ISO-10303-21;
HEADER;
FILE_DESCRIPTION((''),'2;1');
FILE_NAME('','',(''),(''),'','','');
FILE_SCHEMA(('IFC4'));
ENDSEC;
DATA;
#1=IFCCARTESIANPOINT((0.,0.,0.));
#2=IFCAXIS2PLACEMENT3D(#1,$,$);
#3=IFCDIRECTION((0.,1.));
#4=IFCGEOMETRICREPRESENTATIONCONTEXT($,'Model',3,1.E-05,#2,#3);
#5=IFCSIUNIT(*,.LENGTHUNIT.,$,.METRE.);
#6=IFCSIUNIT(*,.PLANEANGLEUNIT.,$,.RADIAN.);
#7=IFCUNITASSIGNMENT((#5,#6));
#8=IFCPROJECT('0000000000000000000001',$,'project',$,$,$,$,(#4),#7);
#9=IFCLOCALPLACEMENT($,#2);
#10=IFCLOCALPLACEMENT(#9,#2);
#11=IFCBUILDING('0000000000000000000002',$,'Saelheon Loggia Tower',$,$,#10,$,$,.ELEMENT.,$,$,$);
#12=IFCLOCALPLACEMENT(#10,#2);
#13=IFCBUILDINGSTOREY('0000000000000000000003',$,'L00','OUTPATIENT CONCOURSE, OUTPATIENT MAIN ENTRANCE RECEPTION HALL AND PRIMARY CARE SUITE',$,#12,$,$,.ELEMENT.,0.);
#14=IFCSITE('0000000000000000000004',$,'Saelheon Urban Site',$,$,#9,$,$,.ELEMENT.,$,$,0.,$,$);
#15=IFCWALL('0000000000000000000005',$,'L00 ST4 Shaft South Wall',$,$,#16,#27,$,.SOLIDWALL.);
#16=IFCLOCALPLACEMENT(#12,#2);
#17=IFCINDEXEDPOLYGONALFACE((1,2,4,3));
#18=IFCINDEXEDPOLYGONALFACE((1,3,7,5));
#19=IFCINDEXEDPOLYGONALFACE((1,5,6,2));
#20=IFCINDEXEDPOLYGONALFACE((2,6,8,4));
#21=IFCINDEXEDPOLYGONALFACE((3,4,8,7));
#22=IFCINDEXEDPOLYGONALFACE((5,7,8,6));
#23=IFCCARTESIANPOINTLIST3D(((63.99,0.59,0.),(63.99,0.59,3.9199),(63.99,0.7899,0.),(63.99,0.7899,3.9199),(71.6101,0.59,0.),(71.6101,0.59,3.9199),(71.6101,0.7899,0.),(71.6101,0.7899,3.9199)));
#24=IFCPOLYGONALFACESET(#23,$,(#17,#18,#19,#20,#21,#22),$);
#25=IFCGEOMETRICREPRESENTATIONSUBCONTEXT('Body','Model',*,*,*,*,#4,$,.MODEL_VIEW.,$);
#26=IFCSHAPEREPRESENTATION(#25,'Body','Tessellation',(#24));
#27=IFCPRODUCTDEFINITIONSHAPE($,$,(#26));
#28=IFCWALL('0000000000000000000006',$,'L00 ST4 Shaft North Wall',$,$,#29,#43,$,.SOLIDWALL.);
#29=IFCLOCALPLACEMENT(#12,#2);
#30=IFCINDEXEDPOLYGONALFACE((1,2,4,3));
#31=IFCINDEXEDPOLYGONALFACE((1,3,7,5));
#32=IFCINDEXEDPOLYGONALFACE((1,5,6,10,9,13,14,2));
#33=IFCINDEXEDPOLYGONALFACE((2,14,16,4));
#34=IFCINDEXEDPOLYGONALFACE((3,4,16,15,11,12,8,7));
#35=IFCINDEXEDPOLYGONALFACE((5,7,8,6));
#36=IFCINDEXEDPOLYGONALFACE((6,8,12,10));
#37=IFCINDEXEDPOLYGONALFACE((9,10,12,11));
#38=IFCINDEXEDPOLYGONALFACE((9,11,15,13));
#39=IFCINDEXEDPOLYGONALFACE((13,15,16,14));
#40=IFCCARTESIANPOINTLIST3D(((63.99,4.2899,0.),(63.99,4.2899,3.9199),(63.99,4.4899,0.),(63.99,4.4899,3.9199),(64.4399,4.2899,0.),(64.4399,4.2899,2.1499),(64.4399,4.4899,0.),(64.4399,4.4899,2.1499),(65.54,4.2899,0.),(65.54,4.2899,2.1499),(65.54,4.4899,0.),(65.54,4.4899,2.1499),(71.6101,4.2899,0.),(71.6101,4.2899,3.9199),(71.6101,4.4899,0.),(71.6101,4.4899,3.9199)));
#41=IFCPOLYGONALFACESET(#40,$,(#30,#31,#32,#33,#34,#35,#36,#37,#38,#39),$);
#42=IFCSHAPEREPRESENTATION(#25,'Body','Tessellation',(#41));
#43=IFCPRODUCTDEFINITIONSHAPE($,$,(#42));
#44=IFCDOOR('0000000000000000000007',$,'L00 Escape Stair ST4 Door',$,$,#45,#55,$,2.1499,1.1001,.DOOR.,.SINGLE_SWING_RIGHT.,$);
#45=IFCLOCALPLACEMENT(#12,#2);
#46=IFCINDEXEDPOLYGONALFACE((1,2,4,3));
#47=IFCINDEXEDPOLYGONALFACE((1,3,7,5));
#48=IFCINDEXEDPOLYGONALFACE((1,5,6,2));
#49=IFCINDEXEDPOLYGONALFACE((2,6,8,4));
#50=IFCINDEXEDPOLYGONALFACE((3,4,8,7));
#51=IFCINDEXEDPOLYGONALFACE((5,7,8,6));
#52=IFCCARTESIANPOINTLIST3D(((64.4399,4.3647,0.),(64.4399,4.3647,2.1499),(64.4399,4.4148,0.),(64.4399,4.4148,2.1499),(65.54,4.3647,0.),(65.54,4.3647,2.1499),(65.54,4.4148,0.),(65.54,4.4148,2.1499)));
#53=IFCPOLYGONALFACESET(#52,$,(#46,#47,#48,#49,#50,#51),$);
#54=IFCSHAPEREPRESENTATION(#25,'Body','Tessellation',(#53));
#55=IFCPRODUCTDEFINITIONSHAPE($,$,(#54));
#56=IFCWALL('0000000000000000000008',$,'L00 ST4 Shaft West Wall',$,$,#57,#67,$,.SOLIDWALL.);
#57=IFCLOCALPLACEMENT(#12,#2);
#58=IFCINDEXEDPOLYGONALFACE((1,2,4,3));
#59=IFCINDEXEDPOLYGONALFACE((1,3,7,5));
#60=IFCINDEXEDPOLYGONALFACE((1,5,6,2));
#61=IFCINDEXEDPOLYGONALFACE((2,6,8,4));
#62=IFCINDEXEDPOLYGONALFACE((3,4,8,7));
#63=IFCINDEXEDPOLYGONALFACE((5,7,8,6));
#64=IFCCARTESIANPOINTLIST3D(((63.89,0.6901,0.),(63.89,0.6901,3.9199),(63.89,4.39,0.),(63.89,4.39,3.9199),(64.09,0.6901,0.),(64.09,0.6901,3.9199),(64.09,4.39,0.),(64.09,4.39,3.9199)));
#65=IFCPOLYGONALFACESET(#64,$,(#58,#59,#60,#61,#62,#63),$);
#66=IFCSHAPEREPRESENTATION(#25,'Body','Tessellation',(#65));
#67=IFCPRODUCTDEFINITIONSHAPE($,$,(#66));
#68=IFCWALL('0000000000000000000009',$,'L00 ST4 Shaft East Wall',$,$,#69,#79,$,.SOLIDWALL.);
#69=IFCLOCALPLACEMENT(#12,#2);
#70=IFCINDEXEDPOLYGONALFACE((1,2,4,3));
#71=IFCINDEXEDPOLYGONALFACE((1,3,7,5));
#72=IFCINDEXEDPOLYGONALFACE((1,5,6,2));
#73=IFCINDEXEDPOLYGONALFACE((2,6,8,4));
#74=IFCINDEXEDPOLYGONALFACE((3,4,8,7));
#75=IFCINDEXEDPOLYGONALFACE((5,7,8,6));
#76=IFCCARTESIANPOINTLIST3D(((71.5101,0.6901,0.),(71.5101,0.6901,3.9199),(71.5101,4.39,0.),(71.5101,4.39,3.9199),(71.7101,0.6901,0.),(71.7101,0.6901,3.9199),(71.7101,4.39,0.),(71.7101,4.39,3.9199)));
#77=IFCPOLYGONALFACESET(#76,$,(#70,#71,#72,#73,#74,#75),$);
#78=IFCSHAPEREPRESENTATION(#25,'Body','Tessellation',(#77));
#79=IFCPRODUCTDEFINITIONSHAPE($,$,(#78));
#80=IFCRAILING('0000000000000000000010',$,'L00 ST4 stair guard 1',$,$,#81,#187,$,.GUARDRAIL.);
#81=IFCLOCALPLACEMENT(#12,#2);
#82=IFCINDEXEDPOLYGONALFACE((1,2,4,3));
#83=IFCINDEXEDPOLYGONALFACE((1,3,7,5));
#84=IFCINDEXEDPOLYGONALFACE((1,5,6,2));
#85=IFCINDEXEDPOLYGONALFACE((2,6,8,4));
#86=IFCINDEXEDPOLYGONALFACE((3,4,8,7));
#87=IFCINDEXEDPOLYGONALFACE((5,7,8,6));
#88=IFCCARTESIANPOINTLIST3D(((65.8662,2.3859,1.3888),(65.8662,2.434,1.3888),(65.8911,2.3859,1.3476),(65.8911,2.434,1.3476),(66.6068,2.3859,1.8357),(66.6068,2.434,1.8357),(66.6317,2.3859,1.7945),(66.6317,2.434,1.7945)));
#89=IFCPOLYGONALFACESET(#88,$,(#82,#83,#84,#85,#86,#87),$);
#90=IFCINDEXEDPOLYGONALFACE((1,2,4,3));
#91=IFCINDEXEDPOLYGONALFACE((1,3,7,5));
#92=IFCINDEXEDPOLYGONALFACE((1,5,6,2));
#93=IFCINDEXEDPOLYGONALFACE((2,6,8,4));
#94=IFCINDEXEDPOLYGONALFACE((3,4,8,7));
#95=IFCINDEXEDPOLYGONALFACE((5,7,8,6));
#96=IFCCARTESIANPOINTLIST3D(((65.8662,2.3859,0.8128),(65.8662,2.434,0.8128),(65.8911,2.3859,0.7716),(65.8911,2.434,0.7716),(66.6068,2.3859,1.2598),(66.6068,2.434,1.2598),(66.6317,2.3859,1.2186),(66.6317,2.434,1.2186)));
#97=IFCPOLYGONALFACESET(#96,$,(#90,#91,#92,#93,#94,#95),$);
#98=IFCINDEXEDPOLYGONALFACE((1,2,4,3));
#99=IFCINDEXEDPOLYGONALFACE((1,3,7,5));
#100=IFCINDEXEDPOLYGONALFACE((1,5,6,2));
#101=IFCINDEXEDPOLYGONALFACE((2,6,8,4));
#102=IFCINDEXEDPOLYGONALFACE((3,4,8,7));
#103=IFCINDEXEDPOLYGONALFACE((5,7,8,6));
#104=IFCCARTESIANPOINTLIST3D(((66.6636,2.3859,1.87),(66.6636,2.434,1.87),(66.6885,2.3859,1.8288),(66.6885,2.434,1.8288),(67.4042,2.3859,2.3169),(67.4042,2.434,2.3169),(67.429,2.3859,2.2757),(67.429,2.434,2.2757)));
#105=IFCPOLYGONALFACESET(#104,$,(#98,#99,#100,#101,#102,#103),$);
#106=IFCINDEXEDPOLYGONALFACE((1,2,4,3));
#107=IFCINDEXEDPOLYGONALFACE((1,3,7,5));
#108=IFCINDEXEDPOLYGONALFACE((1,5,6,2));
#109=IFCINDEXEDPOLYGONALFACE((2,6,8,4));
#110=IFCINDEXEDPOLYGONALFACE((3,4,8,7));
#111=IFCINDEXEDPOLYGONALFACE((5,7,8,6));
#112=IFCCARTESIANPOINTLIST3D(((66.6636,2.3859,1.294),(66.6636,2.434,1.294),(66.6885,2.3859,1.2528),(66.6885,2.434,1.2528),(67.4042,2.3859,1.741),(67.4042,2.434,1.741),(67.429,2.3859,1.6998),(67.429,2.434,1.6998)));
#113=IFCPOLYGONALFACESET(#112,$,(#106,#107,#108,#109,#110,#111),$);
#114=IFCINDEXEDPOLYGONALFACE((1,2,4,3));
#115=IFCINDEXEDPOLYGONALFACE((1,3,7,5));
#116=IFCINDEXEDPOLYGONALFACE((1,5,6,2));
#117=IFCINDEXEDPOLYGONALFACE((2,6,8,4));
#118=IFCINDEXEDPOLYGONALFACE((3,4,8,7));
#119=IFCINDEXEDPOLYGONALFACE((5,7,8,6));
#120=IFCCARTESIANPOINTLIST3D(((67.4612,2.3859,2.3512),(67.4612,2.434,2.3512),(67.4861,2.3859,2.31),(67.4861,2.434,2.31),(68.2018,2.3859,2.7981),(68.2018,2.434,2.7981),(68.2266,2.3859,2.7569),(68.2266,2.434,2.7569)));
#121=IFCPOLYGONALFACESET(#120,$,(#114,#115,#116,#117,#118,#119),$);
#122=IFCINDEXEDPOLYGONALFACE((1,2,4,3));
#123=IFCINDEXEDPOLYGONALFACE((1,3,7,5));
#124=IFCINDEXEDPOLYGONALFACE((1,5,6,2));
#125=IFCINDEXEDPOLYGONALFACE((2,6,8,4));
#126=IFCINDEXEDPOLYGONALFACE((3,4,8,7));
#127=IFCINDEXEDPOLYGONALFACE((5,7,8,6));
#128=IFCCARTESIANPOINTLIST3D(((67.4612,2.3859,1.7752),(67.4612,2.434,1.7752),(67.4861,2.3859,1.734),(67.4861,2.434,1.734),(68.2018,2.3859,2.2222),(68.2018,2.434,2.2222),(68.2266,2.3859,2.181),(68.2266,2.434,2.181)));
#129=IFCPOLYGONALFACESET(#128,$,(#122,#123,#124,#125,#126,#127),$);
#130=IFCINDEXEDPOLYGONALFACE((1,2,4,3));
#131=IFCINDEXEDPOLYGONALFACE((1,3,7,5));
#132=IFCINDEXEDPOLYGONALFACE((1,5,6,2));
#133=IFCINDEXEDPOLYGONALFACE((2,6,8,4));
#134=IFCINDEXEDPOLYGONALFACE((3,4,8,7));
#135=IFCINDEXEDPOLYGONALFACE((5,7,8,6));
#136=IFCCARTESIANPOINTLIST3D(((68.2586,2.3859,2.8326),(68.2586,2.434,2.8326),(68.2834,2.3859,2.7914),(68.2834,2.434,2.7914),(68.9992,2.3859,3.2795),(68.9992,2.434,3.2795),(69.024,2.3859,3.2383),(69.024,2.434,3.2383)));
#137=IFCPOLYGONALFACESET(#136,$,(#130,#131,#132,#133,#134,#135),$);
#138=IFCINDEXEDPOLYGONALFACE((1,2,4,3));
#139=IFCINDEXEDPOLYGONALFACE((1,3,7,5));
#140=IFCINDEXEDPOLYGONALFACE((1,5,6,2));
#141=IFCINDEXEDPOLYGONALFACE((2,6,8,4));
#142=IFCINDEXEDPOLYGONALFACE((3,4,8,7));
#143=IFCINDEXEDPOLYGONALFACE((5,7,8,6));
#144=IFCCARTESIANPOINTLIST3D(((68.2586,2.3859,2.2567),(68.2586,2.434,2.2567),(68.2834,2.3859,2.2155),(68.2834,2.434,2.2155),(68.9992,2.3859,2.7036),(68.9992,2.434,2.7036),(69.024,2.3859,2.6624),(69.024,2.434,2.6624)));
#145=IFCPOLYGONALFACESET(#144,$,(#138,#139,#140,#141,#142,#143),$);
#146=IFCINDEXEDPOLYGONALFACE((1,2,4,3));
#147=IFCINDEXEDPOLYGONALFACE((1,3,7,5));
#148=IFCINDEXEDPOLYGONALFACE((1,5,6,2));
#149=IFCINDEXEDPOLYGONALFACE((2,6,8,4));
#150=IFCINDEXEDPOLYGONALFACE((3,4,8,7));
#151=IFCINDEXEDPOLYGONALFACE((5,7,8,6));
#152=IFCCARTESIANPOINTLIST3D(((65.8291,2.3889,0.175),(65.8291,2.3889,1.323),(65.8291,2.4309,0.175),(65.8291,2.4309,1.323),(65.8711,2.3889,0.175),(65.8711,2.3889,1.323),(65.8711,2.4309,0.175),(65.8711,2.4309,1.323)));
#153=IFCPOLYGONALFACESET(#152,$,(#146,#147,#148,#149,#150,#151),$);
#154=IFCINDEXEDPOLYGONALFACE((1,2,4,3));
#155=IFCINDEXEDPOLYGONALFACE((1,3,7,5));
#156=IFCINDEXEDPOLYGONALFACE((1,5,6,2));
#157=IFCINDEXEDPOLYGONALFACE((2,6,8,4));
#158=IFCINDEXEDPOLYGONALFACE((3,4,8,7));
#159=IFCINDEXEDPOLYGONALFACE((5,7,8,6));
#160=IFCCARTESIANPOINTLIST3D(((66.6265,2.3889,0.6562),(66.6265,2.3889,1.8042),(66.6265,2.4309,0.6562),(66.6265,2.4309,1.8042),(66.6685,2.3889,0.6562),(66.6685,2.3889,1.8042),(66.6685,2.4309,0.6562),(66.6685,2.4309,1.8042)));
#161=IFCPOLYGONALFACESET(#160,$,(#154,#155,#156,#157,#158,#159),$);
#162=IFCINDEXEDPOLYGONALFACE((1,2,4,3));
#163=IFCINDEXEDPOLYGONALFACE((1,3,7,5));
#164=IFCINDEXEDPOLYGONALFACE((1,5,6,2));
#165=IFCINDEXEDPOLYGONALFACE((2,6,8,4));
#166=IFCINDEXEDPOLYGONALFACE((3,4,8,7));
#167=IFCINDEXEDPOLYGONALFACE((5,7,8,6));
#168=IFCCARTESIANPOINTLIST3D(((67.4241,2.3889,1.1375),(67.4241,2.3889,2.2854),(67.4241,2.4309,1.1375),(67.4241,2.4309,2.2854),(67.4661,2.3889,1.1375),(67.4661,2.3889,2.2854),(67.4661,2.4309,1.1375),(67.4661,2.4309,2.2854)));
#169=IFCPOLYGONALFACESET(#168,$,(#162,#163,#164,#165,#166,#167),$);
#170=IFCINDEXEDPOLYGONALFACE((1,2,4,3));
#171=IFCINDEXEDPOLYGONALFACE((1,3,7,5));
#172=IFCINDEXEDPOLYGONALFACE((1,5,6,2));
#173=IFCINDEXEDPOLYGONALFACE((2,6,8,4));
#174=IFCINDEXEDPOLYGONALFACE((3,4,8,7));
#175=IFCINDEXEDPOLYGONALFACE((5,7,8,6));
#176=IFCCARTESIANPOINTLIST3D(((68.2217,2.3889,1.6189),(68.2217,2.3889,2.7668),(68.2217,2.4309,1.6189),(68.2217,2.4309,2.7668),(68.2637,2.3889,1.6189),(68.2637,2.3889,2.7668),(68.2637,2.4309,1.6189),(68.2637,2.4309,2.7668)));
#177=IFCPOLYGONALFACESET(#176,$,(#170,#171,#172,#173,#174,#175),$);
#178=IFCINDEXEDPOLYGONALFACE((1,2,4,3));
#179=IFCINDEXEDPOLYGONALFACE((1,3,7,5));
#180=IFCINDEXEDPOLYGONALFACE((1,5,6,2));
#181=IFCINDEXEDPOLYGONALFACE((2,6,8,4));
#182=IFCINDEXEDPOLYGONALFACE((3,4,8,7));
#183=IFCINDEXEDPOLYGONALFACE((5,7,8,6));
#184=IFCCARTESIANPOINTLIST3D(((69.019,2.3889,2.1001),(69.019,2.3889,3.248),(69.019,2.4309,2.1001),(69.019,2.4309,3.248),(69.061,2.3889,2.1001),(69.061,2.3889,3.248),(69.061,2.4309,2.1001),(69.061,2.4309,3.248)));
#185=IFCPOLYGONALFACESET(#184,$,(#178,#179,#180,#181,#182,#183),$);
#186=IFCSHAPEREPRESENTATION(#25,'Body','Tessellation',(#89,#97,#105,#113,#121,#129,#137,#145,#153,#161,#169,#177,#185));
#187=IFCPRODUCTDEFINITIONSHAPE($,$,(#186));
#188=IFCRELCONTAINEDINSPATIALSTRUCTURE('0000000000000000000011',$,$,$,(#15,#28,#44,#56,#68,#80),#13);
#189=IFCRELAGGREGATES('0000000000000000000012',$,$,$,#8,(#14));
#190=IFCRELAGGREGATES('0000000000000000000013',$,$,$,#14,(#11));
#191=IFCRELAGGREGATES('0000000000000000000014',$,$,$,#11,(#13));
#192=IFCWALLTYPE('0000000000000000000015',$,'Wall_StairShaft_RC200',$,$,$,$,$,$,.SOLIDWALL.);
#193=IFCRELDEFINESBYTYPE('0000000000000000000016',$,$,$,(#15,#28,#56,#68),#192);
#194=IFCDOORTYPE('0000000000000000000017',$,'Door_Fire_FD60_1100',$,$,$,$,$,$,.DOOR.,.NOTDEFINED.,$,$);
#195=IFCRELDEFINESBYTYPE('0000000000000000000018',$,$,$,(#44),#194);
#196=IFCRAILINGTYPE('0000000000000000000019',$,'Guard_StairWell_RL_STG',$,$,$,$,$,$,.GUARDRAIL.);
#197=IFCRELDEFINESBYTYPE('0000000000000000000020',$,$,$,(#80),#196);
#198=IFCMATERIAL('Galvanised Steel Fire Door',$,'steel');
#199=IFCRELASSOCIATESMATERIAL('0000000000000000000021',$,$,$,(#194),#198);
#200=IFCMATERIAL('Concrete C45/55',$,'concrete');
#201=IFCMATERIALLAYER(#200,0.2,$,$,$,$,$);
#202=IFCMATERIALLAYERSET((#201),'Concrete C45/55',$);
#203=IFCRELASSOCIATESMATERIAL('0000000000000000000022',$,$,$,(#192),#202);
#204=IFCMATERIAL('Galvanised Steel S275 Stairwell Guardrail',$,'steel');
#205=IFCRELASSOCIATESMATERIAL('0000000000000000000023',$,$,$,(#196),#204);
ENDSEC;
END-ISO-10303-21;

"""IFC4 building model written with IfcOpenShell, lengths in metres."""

from ifc_helpers import new_model, si_unit, direction, frame, frame_2d, origin, origin_2d, place, context, subcontext, project, spatial, rectangle, extrude, source, transform, mapped, material, layer, layer_set, type_object, element, fill, save


model = new_model("IFC4")

# Units and contexts
model_context = context("Model", 3, precision=1e-05, world=origin(), true_north=direction((0.0, 1.0)))
body_context = subcontext(model_context, "Body", "Model", "MODEL_VIEW")
ifc_project = project(units=[si_unit("LENGTHUNIT", "METRE"), si_unit("PLANEANGLEUNIT", "RADIAN")], contexts=[model_context])

# Site, building, storey
site_placement = place(None, origin())
site = spatial("IfcSite", under=ifc_project, at=site_placement, Name="Saelheon Urban Site", CompositionType="ELEMENT", RefElevation=0.0)
building_placement = place(site_placement, origin())
building = spatial("IfcBuilding", under=site, at=building_placement, Name="Saelheon Loggia Tower", CompositionType="ELEMENT")
storey_placement = place(building_placement, origin())
storey = spatial("IfcBuildingStorey", under=building, at=storey_placement, Name="L00", Description="OUTPATIENT CONCOURSE, OUTPATIENT MAIN ENTRANCE RECEPTION HALL AND PRIMARY CARE SUITE", CompositionType="ELEMENT", Elevation=0.0)

# Shared definitions
ifc_material_1 = material(Name="Concrete C45/55", Category="concrete")

# Shared definitions
ifc_material_2 = material(Name="Galvanised Steel Fire Door", Category="steel")
door_type_1 = type_object("IfcDoorType", Name="Door_Fire_FD60_1100", OperationType="NOTDEFINED", PredefinedType="DOOR", material=ifc_material_2)
shared_shape_1 = source(origin(), body_context, "Body", "SweptSolid", [
    extrude(rectangle(XDim=1.1001, YDim=2.1499, at=frame_2d((0.55, 1.075))), frame((0.0, 0.0249, 0.0), z_axis=(0.0, -1.0, 0.0), x_axis=(1.0, 0.0, 0.0)), (0.0, 0.0, 1.0), 0.05),
])

# Wall
ifc_layer_1 = layer(ifc_material_1, 0.2)
ifc_layer_set_1 = layer_set([ifc_layer_1], Name="Concrete C45/55")
wall_type_1 = type_object("IfcWallType", Name="Wall_StairShaft_RC200", PredefinedType="SOLIDWALL", material=ifc_layer_set_1)
wall_1_placement = place(storey_placement, frame((63.99, 0.6899, 0.0), z_axis=(0.0, 0.0, 1.0), x_axis=(1.0, 0.0, 0.0)))
element("IfcWall", 1, at=wall_1_placement, inside=storey, type_object=wall_type_1, Name="L00 ST4 Shaft South Wall", PredefinedType="SOLIDWALL", context=body_context, shape_type="SweptSolid", body=[
    extrude(rectangle(XDim=7.6201, YDim=0.2, at=frame_2d((3.8101, 0.0))), origin(), (0.0, 0.0, 1.0), 3.9199),
])

# Wall, opening, door
wall_2_placement = place(storey_placement, frame((63.99, 4.3899, 0.0), z_axis=(0.0, 0.0, 1.0), x_axis=(1.0, 0.0, 0.0)))
wall_2 = element("IfcWall", 2, at=wall_2_placement, inside=storey, type_object=wall_type_1, Name="L00 ST4 Shaft North Wall", PredefinedType="SOLIDWALL", context=body_context, shape_type="SweptSolid", body=[
    extrude(rectangle(XDim=7.6201, YDim=0.2, at=frame_2d((3.8101, 0.0))), origin(), (0.0, 0.0, 1.0), 3.9199),
])
opening_1_placement = place(wall_2_placement, frame((0.45, 0.0, 0.0)))
opening_1 = element("IfcOpeningElement", 3, at=opening_1_placement, cuts=wall_2, PredefinedType="OPENING", context=body_context, shape_type="SweptSolid", body=[
    extrude(rectangle(XDim=1.1001, YDim=2.1499, at=frame_2d((0.55, 1.075))), frame((0.0, 0.1121, 0.0), z_axis=(0.0, -1.0, 0.0), x_axis=(1.0, 0.0, 0.0)), (0.0, 0.0, 1.0), 0.2239),
])
door_1_placement = place(opening_1_placement, origin())
door_1 = element("IfcDoor", 4, at=door_1_placement, inside=storey, type_object=door_type_1, Name="L00 Escape Stair ST4 Door", OperationType="SINGLE_SWING_RIGHT", OverallHeight=2.1499, OverallWidth=1.1001, PredefinedType="DOOR", context=body_context, shape_type="MappedRepresentation", body=[
    mapped(shared_shape_1, transform((0.0, 0.0, 0.0), scale=1.0)),
])
fill(opening_1, door_1)

# Walls
for number, where, z_axis, x_axis, name in (
    (5, (63.99, 0.6899, 0.0), (0.0, 0.0, 1.0), (0.0, 1.0, 0.0), "L00 ST4 Shaft West Wall"),
    (6, (71.6101, 0.6899, 0.0), (0.0, 0.0, 1.0), (0.0, 1.0, 0.0), "L00 ST4 Shaft East Wall"),
):
    element("IfcWall", number, at=place(storey_placement, frame(where, z_axis=z_axis, x_axis=x_axis)), inside=storey, type_object=wall_type_1, Name=name, PredefinedType="SOLIDWALL", context=body_context, shape_type="SweptSolid", body=[
        extrude(rectangle(XDim=3.7, YDim=0.2, at=frame_2d((1.8501, 0.0))), origin(), (0.0, 0.0, 1.0), 3.9199),
    ])

# Railing
ifc_material_3 = material(Name="Galvanised Steel S275 Stairwell Guardrail", Category="steel")
railing_type_1 = type_object("IfcRailingType", Name="Guard_StairWell_RL_STG", PredefinedType="GUARDRAIL", material=ifc_material_3)
railing_1_placement = place(storey_placement, frame((65.8501, 2.4099, 0.175)))
element("IfcRailing", 7, at=railing_1_placement, inside=storey, type_object=railing_type_1, Name="L00 ST4 stair guard 1", PredefinedType="GUARDRAIL", context=body_context, shape_type="SweptSolid", body=[
    extrude(rectangle(XDim=0.0481, YDim=0.0481, at=origin_2d()), frame((0.0286, 0.0, 1.1931), z_axis=(0.856178, 0.0, 0.516682), x_axis=(0.0, 1.0, 0.0)), (0.0, 0.0, 1.0), 0.865),
    extrude(rectangle(XDim=0.0481, YDim=0.0481, at=origin_2d()), frame((0.0286, 0.0, 0.6172), z_axis=(0.856178, 0.0, 0.516682), x_axis=(0.0, 1.0, 0.0)), (0.0, 0.0, 1.0), 0.865),
    extrude(rectangle(XDim=0.0481, YDim=0.0481, at=origin_2d()), frame((0.8259, 0.0, 1.6743), z_axis=(0.856178, 0.0, 0.516682), x_axis=(0.0, 1.0, 0.0)), (0.0, 0.0, 1.0), 0.865),
    extrude(rectangle(XDim=0.0481, YDim=0.0481, at=origin_2d()), frame((0.8259, 0.0, 1.0984), z_axis=(0.856178, 0.0, 0.516682), x_axis=(0.0, 1.0, 0.0)), (0.0, 0.0, 1.0), 0.865),
    extrude(rectangle(XDim=0.0481, YDim=0.0481, at=origin_2d()), frame((1.6235, 0.0, 2.1555), z_axis=(0.856178, 0.0, 0.516682), x_axis=(0.0, 1.0, 0.0)), (0.0, 0.0, 1.0), 0.865),
    extrude(rectangle(XDim=0.0481, YDim=0.0481, at=origin_2d()), frame((1.6235, 0.0, 1.5796), z_axis=(0.856178, 0.0, 0.516682), x_axis=(0.0, 1.0, 0.0)), (0.0, 0.0, 1.0), 0.865),
    extrude(rectangle(XDim=0.0481, YDim=0.0481, at=origin_2d()), frame((2.4209, 0.0, 2.637), z_axis=(0.856178, 0.0, 0.516682), x_axis=(0.0, 1.0, 0.0)), (0.0, 0.0, 1.0), 0.865),
    extrude(rectangle(XDim=0.0481, YDim=0.0481, at=origin_2d()), frame((2.4209, 0.0, 2.061), z_axis=(0.856178, 0.0, 0.516682), x_axis=(0.0, 1.0, 0.0)), (0.0, 0.0, 1.0), 0.865),
    extrude(rectangle(XDim=0.042, YDim=0.042, at=origin_2d()), origin(), (0.0, 0.0, 1.0), 1.1479),
    extrude(rectangle(XDim=0.042, YDim=0.042, at=origin_2d()), frame((0.7974, 0.0, 0.4812)), (0.0, 0.0, 1.0), 1.1479),
    extrude(rectangle(XDim=0.042, YDim=0.042, at=origin_2d()), frame((1.595, 0.0, 0.9624)), (0.0, 0.0, 1.0), 1.1479),
    extrude(rectangle(XDim=0.042, YDim=0.042, at=origin_2d()), frame((2.3926, 0.0, 1.4438)), (0.0, 0.0, 1.0), 1.1479),
    extrude(rectangle(XDim=0.042, YDim=0.042, at=origin_2d()), frame((3.1899, 0.0, 1.925)), (0.0, 0.0, 1.0), 1.1479),
])

save(model, "model.ifc")
